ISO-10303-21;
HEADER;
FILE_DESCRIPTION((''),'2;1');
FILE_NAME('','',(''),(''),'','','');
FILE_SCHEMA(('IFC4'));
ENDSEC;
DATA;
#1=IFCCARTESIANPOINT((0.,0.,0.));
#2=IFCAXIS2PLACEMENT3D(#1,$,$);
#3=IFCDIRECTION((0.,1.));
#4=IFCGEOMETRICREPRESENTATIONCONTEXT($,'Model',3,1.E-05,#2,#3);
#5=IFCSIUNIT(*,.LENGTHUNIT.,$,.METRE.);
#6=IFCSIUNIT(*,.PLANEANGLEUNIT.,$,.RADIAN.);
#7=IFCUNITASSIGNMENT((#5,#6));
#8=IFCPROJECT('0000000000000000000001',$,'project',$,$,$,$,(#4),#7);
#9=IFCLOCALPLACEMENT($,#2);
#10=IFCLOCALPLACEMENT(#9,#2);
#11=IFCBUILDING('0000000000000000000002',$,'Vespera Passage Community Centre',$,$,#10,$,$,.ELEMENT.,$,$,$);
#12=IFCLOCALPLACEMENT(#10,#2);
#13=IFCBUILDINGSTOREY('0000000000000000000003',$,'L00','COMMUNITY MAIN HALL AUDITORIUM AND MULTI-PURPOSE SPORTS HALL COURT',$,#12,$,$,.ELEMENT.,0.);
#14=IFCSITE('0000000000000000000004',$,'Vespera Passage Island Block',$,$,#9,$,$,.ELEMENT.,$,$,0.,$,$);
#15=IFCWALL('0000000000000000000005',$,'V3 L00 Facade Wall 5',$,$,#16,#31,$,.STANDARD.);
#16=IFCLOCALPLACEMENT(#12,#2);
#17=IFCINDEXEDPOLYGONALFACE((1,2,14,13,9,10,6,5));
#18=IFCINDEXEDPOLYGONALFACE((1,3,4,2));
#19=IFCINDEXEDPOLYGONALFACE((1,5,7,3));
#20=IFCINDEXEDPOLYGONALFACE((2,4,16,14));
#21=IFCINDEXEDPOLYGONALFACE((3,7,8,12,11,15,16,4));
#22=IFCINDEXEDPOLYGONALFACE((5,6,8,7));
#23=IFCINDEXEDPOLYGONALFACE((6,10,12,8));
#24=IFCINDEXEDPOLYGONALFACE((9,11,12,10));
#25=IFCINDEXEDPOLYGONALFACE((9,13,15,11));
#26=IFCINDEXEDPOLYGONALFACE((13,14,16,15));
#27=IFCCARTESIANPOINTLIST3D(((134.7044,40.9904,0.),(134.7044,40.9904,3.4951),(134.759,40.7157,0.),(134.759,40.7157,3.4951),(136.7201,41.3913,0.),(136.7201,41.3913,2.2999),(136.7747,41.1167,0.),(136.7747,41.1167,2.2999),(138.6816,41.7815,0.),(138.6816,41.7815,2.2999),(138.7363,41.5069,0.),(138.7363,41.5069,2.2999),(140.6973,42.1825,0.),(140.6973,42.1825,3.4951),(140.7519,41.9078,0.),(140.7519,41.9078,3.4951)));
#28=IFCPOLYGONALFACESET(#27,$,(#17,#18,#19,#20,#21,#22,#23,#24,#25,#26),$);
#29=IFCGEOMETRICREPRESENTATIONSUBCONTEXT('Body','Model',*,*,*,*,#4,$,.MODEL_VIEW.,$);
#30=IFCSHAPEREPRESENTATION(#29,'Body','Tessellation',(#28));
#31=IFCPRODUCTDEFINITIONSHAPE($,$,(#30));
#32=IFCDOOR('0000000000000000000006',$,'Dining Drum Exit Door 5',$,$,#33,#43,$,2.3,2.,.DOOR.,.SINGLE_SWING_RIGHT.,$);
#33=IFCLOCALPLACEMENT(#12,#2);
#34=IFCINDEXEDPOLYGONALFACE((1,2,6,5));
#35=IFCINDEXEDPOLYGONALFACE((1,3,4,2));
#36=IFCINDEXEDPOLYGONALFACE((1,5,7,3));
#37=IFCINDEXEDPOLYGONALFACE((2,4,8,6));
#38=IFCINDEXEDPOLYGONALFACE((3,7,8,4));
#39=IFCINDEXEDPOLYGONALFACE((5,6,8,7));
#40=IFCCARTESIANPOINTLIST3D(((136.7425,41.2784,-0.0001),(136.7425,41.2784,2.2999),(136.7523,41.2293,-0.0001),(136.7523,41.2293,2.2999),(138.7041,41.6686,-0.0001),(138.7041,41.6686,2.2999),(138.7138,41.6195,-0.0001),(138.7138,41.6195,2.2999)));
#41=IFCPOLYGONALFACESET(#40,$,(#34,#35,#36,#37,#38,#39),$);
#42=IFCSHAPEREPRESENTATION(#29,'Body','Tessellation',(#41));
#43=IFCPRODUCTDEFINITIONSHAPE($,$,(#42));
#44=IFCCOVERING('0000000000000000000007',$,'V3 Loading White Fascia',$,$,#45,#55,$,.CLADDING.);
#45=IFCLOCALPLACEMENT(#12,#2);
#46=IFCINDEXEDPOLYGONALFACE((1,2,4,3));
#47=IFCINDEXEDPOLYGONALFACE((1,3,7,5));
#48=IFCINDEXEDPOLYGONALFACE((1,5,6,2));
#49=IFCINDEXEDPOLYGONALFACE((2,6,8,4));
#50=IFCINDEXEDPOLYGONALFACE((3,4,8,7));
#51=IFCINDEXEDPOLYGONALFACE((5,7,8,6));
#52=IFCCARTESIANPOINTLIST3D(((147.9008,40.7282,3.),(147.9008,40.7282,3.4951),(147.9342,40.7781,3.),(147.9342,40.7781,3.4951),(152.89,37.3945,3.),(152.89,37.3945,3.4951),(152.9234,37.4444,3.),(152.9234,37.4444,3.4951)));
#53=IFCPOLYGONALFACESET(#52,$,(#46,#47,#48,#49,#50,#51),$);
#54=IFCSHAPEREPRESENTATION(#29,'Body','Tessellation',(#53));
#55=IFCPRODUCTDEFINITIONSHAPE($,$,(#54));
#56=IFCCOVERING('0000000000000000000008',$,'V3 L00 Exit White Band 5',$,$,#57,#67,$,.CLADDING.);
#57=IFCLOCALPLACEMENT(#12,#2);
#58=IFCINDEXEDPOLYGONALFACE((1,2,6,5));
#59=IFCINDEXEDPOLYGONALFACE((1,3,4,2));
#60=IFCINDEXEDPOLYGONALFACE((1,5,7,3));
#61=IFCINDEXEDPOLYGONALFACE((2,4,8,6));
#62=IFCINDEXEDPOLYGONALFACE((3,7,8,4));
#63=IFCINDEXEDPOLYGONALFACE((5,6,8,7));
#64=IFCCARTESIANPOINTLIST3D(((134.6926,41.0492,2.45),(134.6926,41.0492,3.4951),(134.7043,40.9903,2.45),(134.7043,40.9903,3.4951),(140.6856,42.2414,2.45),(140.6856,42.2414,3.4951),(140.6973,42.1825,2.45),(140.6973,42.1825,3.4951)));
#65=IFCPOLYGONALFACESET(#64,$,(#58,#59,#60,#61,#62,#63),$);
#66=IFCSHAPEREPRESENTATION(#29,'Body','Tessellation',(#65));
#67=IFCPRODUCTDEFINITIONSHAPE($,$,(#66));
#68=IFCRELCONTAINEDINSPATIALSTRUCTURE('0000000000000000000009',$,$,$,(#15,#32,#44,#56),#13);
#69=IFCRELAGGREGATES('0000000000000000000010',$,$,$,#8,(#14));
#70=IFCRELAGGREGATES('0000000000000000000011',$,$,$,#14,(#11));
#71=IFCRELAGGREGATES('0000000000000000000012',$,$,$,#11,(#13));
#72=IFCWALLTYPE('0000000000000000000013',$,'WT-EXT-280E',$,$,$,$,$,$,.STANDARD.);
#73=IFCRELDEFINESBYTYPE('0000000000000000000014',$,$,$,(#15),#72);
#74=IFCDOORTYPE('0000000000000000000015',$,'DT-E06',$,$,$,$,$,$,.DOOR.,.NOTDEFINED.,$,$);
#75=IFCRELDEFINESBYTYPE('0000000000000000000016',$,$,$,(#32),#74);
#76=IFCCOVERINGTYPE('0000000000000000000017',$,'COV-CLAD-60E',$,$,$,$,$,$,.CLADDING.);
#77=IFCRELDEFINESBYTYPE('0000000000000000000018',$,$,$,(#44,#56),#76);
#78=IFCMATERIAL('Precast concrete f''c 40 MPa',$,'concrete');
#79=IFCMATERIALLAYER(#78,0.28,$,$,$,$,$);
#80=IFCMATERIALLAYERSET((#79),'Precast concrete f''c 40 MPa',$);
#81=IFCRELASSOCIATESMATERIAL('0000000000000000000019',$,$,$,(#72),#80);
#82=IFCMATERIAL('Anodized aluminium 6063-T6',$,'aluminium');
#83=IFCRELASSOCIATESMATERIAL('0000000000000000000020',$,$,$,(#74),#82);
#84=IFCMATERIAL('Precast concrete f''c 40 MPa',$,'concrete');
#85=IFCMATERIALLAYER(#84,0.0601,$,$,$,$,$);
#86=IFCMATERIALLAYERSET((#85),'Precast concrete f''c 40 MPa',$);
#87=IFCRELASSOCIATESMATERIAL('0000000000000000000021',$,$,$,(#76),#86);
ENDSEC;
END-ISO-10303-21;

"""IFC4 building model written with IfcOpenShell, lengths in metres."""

from ifc_helpers import new_model, si_unit, direction, frame, frame_2d, origin, place, context, subcontext, project, spatial, rectangle, extrude, material, layer, layer_set, type_object, element, fill, save


model = new_model("IFC4")

# Units and contexts
model_context = context("Model", 3, precision=1e-05, world=origin(), true_north=direction((0.0, 1.0)))
body_context = subcontext(model_context, "Body", "Model", "MODEL_VIEW")
ifc_project = project(units=[si_unit("LENGTHUNIT", "METRE"), si_unit("PLANEANGLEUNIT", "RADIAN")], contexts=[model_context])

# Site, building, storey
site_placement = place(None, origin())
site = spatial("IfcSite", under=ifc_project, at=site_placement, Name="Vespera Passage Island Block", CompositionType="ELEMENT", RefElevation=0.0)
building_placement = place(site_placement, origin())
building = spatial("IfcBuilding", under=site, at=building_placement, Name="Vespera Passage Community Centre", CompositionType="ELEMENT")
storey_placement = place(building_placement, origin())
storey = spatial("IfcBuildingStorey", under=building, at=storey_placement, Name="L00", Description="COMMUNITY MAIN HALL AUDITORIUM AND MULTI-PURPOSE SPORTS HALL COURT", CompositionType="ELEMENT", Elevation=0.0)

# Wall, opening, door
ifc_material_1 = material(Name="Precast concrete f'c 40 MPa", Category="concrete")
ifc_layer_1 = layer(ifc_material_1, 0.28)
ifc_layer_set_1 = layer_set([ifc_layer_1], Name="Precast concrete f'c 40 MPa")
wall_type = type_object("IfcWallType", Name="WT-EXT-280E", PredefinedType="STANDARD", material=ifc_layer_set_1)
wall_1_placement = place(storey_placement, frame((134.7317, 40.853, 0.0), z_axis=(0.0, 0.0, 1.0), x_axis=(0.980783, 0.195102, 0.0)))
wall_1 = element("IfcWall", 1, at=wall_1_placement, inside=storey, type_object=wall_type, Name="V3 L00 Facade Wall 5", PredefinedType="STANDARD", context=body_context, shape_type="SweptSolid", body=[
    extrude(rectangle(XDim=6.1104, YDim=0.28, at=frame_2d((3.0552, 0.0))), origin(), (0.0, 0.0, 1.0), 3.4951),
])
opening_1_placement = place(wall_1_placement, frame((2.0552, 0.0, 0.0)))
opening_1 = element("IfcOpeningElement", 2, at=opening_1_placement, cuts=wall_1, PredefinedType="OPENING", context=body_context, shape_type="SweptSolid", body=[
    extrude(rectangle(XDim=2.0, YDim=2.3, at=frame_2d((1.0, 1.1499))), frame((0.0, 0.1501, 0.0), z_axis=(0.0, -1.0, 0.0), x_axis=(1.0, 0.0, 0.0)), (0.0, 0.0, 1.0), 0.3),
])
ifc_material_2 = material(Name="Anodized aluminium 6063-T6", Category="aluminium")
door_type_1 = type_object("IfcDoorType", Name="DT-E06", OperationType="NOTDEFINED", PredefinedType="DOOR", material=ifc_material_2)
door_1_placement = place(opening_1_placement, origin())
door_1 = element("IfcDoor", 3, at=door_1_placement, inside=storey, type_object=door_type_1, Name="Dining Drum Exit Door 5", OperationType="SINGLE_SWING_RIGHT", OverallHeight=2.3, OverallWidth=2.0, PredefinedType="DOOR", context=body_context, shape_type="SweptSolid", body=[
    extrude(rectangle(XDim=2.0, YDim=2.3, at=frame_2d((1.0, 1.1499))), frame((0.0, 0.0249, 0.0), z_axis=(0.0, -1.0, 0.0), x_axis=(1.0, 0.0, 0.0)), (0.0, 0.0, 1.0), 0.05),
])
fill(opening_1, door_1)

# Coverings
ifc_material_3 = material(Name="Precast concrete f'c 40 MPa", Category="concrete")
ifc_layer_2 = layer(ifc_material_3, 0.0601)
ifc_layer_set_2 = layer_set([ifc_layer_2], Name="Precast concrete f'c 40 MPa")
covering_type = type_object("IfcCoveringType", Name="COV-CLAD-60E", PredefinedType="CLADDING", material=ifc_layer_set_2)
covering_1_placement = place(storey_placement, frame((147.9175, 40.7532, 3.0), z_axis=(0.0, 0.0, 1.0), x_axis=(0.831468, -0.555573, 0.0)))
element("IfcCovering", 4, at=covering_1_placement, inside=storey, type_object=covering_type, Name="V3 Loading White Fascia", PredefinedType="CLADDING", context=body_context, shape_type="SweptSolid", body=[
    extrude(rectangle(XDim=6.0005, YDim=0.0601, at=frame_2d((3.0002, 0.0))), origin(), (0.0, 0.0, 1.0), 0.4951),
])
covering_2_placement = place(storey_placement, frame((134.6985, 41.0198, 2.45), z_axis=(0.0, 0.0, 1.0), x_axis=(0.980783, 0.195102, 0.0)))
element("IfcCovering", 5, at=covering_2_placement, inside=storey, type_object=covering_type, Name="V3 L00 Exit White Band 5", PredefinedType="CLADDING", context=body_context, shape_type="SweptSolid", body=[
    extrude(rectangle(XDim=6.1104, YDim=0.0601, at=frame_2d((3.0552, 0.0))), origin(), (0.0, 0.0, 1.0), 1.0452),
])

save(model, "model.ifc")
